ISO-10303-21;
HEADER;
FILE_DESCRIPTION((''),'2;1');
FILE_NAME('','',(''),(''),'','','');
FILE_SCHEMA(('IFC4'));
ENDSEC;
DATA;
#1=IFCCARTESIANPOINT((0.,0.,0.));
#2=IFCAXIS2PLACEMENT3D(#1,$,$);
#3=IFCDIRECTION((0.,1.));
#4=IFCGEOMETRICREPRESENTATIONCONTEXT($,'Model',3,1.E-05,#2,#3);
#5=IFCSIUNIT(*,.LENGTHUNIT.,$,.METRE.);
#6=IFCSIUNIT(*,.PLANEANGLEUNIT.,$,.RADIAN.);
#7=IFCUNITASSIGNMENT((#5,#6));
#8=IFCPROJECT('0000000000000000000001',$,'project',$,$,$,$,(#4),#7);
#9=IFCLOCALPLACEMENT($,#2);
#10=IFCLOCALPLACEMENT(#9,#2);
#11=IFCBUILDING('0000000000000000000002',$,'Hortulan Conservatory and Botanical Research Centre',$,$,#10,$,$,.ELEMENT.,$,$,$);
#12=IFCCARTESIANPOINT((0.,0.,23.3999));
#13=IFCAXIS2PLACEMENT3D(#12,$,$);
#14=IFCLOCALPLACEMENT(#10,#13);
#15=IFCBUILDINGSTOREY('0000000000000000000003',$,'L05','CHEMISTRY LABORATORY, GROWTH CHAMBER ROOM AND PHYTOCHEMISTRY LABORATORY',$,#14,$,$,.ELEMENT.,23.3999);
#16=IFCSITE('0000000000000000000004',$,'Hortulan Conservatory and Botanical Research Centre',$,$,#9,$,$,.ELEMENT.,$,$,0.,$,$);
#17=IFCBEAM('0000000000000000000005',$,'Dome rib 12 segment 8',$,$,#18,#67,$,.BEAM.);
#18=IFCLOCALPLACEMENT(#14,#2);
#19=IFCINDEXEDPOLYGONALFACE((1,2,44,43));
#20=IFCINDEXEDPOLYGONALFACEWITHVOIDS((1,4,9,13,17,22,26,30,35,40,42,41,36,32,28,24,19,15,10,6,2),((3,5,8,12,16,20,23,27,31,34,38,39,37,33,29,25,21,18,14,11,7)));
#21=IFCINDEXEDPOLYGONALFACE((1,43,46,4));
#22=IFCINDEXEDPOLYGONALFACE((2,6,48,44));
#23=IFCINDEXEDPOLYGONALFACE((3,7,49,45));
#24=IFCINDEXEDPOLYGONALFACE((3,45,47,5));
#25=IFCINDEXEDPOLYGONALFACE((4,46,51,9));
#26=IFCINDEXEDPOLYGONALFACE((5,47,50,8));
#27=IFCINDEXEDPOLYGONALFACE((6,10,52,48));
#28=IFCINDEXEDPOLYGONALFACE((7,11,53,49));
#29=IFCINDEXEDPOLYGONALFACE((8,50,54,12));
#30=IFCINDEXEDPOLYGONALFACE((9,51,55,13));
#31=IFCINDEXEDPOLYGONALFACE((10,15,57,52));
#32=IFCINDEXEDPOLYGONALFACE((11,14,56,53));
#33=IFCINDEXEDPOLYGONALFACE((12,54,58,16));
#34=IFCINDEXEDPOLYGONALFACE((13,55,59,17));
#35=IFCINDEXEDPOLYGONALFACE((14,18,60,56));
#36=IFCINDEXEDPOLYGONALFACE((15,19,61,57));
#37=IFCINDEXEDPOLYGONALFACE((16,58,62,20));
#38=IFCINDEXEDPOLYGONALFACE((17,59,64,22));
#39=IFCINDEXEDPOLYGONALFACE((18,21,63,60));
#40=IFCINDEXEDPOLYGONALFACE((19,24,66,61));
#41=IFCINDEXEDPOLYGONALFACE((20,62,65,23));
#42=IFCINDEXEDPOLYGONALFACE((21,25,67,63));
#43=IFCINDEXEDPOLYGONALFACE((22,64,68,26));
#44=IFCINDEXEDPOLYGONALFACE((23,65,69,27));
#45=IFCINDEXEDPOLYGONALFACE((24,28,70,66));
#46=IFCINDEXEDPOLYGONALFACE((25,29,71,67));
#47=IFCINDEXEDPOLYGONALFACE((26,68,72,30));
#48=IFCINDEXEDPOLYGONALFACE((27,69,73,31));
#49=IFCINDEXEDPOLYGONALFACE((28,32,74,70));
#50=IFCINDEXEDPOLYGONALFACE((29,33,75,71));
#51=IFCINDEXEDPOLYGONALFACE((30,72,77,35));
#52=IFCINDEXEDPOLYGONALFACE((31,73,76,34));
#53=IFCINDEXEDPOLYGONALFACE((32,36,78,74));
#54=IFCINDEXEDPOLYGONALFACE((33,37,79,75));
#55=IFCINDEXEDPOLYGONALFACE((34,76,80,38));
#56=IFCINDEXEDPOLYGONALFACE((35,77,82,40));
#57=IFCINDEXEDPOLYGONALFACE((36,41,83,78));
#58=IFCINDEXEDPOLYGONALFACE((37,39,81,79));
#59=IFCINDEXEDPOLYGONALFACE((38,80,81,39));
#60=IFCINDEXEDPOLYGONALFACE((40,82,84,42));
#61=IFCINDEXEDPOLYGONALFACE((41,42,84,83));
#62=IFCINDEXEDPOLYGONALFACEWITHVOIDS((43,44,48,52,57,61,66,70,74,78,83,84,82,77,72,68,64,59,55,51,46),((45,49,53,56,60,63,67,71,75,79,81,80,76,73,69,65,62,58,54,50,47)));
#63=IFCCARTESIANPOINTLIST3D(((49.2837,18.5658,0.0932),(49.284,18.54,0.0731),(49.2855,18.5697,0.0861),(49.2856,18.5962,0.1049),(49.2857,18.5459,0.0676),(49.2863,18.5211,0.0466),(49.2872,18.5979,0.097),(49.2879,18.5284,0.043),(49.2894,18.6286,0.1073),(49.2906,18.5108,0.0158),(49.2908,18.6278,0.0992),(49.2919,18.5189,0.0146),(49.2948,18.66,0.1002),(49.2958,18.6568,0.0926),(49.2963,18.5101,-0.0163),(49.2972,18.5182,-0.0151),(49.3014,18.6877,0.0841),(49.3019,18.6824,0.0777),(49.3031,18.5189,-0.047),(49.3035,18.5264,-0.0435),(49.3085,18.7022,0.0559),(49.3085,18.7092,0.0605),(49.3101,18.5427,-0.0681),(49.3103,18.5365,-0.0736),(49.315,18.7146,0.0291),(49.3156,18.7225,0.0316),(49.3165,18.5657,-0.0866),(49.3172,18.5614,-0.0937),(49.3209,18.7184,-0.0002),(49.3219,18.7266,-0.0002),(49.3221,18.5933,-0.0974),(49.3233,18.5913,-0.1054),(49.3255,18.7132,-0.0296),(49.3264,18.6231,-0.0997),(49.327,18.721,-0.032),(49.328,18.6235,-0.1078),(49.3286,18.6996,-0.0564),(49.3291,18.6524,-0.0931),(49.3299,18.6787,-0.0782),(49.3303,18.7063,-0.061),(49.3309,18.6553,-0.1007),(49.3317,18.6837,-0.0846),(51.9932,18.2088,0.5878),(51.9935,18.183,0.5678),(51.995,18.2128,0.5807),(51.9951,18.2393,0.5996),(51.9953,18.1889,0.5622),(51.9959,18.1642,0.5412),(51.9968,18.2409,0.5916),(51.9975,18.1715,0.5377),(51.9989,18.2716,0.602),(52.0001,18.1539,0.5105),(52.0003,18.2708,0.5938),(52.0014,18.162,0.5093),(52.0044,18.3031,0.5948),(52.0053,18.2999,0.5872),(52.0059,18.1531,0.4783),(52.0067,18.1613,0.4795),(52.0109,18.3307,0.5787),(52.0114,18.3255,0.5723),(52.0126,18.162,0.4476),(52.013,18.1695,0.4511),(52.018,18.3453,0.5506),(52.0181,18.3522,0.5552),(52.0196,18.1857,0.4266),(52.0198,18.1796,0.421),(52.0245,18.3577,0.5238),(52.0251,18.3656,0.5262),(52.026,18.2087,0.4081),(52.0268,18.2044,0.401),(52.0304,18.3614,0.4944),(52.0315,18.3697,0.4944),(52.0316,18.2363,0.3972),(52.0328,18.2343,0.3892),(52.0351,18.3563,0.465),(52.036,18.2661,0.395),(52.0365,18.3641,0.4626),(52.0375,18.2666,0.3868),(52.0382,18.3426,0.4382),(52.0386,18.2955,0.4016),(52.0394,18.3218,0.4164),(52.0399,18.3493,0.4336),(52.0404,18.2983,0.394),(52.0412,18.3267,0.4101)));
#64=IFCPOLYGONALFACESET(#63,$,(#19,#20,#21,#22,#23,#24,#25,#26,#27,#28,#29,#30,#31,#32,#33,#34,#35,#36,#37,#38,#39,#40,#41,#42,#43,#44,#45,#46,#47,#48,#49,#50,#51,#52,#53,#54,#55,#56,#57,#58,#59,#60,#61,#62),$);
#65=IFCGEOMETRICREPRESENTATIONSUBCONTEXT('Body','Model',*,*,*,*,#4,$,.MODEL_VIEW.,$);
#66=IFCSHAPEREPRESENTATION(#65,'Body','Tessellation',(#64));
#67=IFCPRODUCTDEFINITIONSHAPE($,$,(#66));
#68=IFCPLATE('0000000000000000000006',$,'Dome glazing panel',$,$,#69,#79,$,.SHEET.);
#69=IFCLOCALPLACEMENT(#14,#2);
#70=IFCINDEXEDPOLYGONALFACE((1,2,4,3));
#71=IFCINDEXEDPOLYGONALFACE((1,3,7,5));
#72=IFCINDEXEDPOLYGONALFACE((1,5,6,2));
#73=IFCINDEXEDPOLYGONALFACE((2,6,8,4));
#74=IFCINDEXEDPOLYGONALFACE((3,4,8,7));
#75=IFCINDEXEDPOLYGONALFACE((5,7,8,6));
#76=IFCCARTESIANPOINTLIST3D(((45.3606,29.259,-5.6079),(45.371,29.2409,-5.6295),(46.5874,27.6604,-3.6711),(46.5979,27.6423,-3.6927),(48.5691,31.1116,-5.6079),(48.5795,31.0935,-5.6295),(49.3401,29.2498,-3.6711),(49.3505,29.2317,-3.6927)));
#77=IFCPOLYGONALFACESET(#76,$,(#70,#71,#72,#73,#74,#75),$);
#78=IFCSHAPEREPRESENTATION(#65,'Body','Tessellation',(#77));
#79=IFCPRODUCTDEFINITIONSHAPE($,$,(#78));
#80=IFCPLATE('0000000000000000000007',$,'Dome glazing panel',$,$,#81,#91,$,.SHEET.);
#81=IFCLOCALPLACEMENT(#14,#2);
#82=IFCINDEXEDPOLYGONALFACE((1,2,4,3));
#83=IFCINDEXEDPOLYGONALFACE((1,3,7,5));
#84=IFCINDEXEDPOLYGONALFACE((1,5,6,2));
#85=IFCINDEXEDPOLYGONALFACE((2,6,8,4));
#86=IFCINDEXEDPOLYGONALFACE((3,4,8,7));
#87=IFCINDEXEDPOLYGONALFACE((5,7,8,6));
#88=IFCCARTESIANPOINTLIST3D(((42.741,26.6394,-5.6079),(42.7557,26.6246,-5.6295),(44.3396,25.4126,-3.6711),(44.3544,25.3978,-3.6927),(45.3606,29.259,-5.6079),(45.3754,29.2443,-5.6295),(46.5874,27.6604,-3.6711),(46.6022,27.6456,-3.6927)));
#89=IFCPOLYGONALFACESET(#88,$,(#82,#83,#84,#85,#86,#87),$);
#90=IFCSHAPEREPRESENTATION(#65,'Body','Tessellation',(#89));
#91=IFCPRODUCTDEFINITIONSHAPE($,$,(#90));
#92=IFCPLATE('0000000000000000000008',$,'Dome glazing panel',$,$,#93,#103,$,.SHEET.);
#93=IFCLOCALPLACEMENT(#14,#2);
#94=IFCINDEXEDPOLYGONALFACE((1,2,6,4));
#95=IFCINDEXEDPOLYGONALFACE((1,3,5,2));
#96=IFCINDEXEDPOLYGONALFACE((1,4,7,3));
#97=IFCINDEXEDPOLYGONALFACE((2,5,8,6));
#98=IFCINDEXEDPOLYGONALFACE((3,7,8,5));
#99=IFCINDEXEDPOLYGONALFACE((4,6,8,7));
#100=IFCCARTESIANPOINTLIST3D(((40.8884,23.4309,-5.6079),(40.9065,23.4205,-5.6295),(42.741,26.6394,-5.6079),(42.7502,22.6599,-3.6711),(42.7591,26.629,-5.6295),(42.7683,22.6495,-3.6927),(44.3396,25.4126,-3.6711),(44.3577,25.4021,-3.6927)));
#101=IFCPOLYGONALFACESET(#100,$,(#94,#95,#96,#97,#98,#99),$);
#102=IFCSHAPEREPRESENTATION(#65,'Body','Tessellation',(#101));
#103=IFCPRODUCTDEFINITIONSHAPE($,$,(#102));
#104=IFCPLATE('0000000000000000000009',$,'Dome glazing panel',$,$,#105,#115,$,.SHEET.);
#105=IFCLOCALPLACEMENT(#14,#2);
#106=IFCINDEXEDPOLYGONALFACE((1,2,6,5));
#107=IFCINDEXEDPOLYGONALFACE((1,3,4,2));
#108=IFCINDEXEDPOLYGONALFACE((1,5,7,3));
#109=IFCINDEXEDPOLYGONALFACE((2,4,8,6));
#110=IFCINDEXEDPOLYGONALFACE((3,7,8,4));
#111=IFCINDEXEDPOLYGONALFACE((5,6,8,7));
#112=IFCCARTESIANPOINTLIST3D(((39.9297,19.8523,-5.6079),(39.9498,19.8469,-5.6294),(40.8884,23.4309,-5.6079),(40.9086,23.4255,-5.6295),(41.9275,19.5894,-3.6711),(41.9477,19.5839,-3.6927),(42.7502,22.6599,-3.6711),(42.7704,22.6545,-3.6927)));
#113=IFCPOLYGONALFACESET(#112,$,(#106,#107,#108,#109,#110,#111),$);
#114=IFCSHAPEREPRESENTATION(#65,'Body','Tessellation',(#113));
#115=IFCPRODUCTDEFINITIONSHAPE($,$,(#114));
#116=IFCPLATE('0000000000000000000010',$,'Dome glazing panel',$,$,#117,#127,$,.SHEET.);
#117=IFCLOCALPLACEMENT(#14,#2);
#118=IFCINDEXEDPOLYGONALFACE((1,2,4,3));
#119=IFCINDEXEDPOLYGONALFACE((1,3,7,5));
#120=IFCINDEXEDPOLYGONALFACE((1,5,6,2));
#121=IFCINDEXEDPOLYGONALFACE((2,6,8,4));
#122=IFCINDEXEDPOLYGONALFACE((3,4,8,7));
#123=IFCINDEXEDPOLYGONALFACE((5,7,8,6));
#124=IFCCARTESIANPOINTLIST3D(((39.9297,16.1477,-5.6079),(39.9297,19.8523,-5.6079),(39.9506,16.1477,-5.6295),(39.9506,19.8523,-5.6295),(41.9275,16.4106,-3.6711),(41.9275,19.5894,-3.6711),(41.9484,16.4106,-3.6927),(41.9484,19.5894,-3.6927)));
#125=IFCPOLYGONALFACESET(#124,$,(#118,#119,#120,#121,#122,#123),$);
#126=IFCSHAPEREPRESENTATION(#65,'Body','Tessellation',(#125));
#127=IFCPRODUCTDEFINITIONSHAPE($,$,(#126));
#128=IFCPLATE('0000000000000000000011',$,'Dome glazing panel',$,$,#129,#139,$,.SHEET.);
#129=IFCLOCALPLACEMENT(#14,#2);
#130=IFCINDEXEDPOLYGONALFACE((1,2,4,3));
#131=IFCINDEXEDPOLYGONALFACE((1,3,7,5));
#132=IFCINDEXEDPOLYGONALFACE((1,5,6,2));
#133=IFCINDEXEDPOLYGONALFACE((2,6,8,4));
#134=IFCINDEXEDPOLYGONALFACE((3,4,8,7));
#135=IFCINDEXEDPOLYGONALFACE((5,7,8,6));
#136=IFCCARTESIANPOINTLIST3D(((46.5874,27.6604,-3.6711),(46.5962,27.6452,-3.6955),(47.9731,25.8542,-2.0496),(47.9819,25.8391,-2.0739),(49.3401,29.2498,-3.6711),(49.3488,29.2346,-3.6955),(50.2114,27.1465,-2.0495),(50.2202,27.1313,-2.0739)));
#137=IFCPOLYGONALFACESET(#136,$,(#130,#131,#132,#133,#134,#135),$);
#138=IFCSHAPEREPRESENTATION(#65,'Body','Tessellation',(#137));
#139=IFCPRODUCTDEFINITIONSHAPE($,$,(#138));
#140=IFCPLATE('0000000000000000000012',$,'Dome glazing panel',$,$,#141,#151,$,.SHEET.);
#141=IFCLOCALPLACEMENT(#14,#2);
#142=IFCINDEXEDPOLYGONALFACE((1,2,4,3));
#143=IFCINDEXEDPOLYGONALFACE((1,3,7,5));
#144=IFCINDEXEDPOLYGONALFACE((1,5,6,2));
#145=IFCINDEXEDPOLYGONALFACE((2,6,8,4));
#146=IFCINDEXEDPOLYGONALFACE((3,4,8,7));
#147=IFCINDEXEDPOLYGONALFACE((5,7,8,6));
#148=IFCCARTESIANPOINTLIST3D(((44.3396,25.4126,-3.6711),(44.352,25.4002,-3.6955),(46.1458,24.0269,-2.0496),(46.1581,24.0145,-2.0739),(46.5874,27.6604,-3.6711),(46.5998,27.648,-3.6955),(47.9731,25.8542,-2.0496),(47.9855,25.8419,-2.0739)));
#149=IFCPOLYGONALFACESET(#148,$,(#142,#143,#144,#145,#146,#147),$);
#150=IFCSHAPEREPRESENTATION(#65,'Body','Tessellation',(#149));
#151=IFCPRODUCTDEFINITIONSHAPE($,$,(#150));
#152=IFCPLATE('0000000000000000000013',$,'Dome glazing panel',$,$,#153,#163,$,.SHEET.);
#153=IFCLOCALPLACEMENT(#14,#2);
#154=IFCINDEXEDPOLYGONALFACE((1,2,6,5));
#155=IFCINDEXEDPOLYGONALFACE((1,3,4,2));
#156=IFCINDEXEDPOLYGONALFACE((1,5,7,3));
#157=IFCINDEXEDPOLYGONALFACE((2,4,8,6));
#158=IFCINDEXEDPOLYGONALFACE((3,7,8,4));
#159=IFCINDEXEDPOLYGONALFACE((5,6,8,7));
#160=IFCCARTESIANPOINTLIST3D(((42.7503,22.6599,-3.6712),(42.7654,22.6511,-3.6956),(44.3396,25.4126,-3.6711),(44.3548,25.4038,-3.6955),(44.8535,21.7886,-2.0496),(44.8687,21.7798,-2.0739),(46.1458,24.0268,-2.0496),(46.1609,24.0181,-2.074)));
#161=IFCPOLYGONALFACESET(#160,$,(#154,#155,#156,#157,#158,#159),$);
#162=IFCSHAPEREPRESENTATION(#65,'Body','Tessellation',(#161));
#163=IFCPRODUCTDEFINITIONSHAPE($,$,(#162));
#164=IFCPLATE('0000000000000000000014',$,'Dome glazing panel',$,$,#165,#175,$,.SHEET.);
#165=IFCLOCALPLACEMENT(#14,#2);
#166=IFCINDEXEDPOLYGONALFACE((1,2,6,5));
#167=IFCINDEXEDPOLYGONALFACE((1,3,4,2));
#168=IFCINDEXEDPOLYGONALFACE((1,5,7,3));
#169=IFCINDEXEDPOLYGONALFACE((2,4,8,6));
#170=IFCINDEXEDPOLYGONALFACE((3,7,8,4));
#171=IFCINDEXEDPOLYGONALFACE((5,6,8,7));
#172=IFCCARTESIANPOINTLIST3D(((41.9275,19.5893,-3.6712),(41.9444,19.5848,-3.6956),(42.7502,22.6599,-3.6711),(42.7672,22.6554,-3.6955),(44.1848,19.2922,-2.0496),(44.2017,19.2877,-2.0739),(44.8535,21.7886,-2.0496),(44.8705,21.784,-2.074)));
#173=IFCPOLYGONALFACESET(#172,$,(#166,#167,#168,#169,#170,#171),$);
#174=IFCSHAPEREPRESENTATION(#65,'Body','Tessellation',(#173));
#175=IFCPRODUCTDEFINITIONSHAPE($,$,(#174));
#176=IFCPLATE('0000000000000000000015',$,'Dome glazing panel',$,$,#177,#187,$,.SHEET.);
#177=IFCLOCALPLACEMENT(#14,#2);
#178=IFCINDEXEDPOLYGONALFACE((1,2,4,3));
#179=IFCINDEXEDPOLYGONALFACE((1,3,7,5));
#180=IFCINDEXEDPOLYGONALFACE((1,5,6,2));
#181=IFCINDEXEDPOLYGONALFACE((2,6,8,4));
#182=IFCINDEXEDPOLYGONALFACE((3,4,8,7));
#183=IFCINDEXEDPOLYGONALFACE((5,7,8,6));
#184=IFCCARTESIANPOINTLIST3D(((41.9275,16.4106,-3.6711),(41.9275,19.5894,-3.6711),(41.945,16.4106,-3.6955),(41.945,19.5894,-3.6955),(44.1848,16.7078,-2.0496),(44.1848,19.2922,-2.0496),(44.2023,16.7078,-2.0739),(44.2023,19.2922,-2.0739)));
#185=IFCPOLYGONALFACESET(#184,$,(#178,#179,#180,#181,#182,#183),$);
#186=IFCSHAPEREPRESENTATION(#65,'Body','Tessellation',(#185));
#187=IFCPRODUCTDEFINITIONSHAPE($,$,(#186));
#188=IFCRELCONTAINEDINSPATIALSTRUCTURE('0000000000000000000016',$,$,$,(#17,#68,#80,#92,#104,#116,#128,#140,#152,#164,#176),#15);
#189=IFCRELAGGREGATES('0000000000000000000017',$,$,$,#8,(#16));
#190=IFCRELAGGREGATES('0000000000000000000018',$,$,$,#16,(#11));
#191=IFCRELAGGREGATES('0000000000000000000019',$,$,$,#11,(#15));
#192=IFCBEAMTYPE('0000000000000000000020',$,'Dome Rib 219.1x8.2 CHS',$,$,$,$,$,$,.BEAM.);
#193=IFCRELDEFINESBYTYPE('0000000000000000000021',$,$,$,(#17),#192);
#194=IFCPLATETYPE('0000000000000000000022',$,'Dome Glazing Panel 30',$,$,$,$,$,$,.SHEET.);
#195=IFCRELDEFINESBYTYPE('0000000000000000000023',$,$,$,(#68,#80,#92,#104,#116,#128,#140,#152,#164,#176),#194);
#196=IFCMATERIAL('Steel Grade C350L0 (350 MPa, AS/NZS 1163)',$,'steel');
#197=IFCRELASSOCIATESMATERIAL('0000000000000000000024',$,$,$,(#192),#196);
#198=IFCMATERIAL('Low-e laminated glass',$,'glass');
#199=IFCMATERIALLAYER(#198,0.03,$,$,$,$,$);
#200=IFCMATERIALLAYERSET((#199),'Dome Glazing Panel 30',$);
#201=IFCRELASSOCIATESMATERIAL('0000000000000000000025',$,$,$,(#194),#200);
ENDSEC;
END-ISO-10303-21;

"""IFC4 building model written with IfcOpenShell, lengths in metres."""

from ifc_helpers import new_model, si_unit, direction, frame, origin, origin_2d, place, context, subcontext, project, spatial, polyline, hollow_circle, outline, extrude, material, layer, layer_set, material_profile, profile_set, type_object, element, save


model = new_model("IFC4")

# Units and contexts
model_context = context("Model", 3, precision=1e-05, world=origin(), true_north=direction((0.0, 1.0)))
body_context = subcontext(model_context, "Body", "Model", "MODEL_VIEW")
ifc_project = project(units=[si_unit("LENGTHUNIT", "METRE"), si_unit("PLANEANGLEUNIT", "RADIAN")], contexts=[model_context])

# Site, building, storey
site_placement = place(None, origin())
site = spatial("IfcSite", under=ifc_project, at=site_placement, Name="Hortulan Conservatory and Botanical Research Centre", CompositionType="ELEMENT", RefElevation=0.0)
building_placement = place(site_placement, origin())
building = spatial("IfcBuilding", under=site, at=building_placement, Name="Hortulan Conservatory and Botanical Research Centre", CompositionType="ELEMENT")
storey_placement = place(building_placement, frame((0.0, 0.0, 23.3999)))
storey = spatial("IfcBuildingStorey", under=building, at=storey_placement, Name="L05", Description="CHEMISTRY LABORATORY, GROWTH CHAMBER ROOM AND PHYTOCHEMISTRY LABORATORY", CompositionType="ELEMENT", Elevation=23.3999)

# Shared definitions
ifc_material_1 = material(Name="Steel Grade C350L0 (350 MPa, AS/NZS 1163)", Category="steel")

# Beam
ifc_material_profile_1 = material_profile(ifc_material_1, hollow_circle(Radius=0.1096, WallThickness=0.0083, at=origin_2d()), Name="219.1x8.2CHS")
ifc_profile_set_1 = profile_set([ifc_material_profile_1], Name="Steel Grade C350L0 (350 MPa, AS/NZS 1163)")
beam_type = type_object("IfcBeamType", Name="Dome Rib 219.1x8.2 CHS", PredefinedType="BEAM", material=ifc_profile_set_1)
for number, where, z_axis, x_axis, name in (
    (1, (49.3076, 18.6179, -0.0002), (0.975584, -0.128519, 0.178098), (0.130607, 0.991434, 0.0), "Dome rib 12 segment 8"),
):
    element("IfcBeam", number, at=place(storey_placement, frame(where, z_axis=z_axis, x_axis=x_axis)), inside=storey, type_object=beam_type, Name=name, PredefinedType="BEAM", context=body_context, shape_type="SweptSolid", body=[
        extrude(hollow_circle(Radius=0.1096, WallThickness=0.0083, at=origin_2d()), origin(), (0.0, 0.0, 1.0), 2.7773),
    ])

# Plates
ifc_material_2 = material(Name="Low-e laminated glass", Category="glass")
ifc_layer_1 = layer(ifc_material_2, 0.03)
ifc_layer_set_1 = layer_set([ifc_layer_1], Name="Dome Glazing Panel 30")
plate_type = type_object("IfcPlateType", Name="Dome Glazing Panel 30", PredefinedType="SHEET", material=ifc_layer_set_1)
plate_1_placement = place(storey_placement, frame((48.5691, 31.1116, -5.6079), z_axis=(-0.348037, 0.602781, 0.718001), x_axis=(-0.866012, -0.500023, 0.0)))
element("IfcPlate", 2, at=plate_1_placement, inside=storey, type_object=plate_type, Name="Dome glazing panel", PredefinedType="SHEET", context=body_context, shape_type="SweptSolid", body=[
    extrude(outline(polyline([(0.0, 0.0), (3.7049, 0.0), (3.4418, 2.7825), (0.2633, 2.7825), (0.0, 0.0)])), origin(), (0.0, 0.0, -1.0), 0.03),
])
plate_2_placement = place(storey_placement, frame((45.3606, 29.259, -5.6079), z_axis=(-0.492174, 0.492174, 0.718004), x_axis=(-0.707107, -0.707107, 0.0)))
element("IfcPlate", 3, at=plate_2_placement, inside=storey, type_object=plate_type, Name="Dome glazing panel", PredefinedType="SHEET", context=body_context, shape_type="SweptSolid", body=[
    extrude(outline(polyline([(0.0, 0.0), (3.7047, 0.0), (3.4418, 2.7826), (0.2629, 2.7826), (0.0, 0.0)])), origin(), (0.0, 0.0, -1.0), 0.03),
])
plate_3_placement = place(storey_placement, frame((42.741, 26.6394, -5.6079), z_axis=(-0.602781, 0.348037, 0.718001), x_axis=(-0.500023, -0.866012, 0.0)))
element("IfcPlate", 4, at=plate_3_placement, inside=storey, type_object=plate_type, Name="Dome glazing panel", PredefinedType="SHEET", context=body_context, shape_type="SweptSolid", body=[
    extrude(outline(polyline([(0.0, 0.0), (3.7049, 0.0), (3.4416, 2.7825), (0.2631, 2.7825), (0.0, 0.0)])), origin(), (0.0, 0.0, -1.0), 0.03),
])
plate_4_placement = place(storey_placement, frame((40.8884, 23.4309, -5.6079), z_axis=(-0.672331, 0.180136, 0.717998), x_axis=(-0.25879, -0.965933, 0.000009)))
element("IfcPlate", 5, at=plate_4_placement, inside=storey, type_object=plate_type, Name="Dome glazing panel", PredefinedType="SHEET", context=body_context, shape_type="SweptSolid", body=[
    extrude(outline(polyline([(0.0, 0.0), (3.7048, 0.0), (3.4418, 2.7825), (0.2629, 2.7826), (0.0, 0.0)])), origin(), (0.0, 0.0, -1.0), 0.03),
])
plate_5_placement = place(storey_placement, frame((39.9297, 19.8523, -5.6079), z_axis=(-0.696054, 0.0, 0.717989), x_axis=(0.0, -1.0, 0.0)))
element("IfcPlate", 6, at=plate_5_placement, inside=storey, type_object=plate_type, Name="Dome glazing panel", PredefinedType="SHEET", context=body_context, shape_type="SweptSolid", body=[
    extrude(outline(polyline([(0.0, 0.0), (3.7046, 0.0), (3.4417, 2.7825), (0.2629, 2.7825), (0.0, 0.0)])), origin(), (0.0, 0.0, -1.0), 0.03),
])
plate_6_placement = place(storey_placement, frame((49.3401, 29.2498, -3.6711), z_axis=(-0.291738, 0.505296, 0.812136), x_axis=(-0.866016, -0.500017, 0.000008)))
element("IfcPlate", 7, at=plate_6_placement, inside=storey, type_object=plate_type, Name="Dome glazing panel", PredefinedType="SHEET", context=body_context, shape_type="SweptSolid", body=[
    extrude(outline(polyline([(0.0, 0.0), (3.1786, 0.0), (2.8816, 2.7792), (0.2971, 2.7793), (0.0, 0.0)])), origin(), (0.0, 0.0, -1.0), 0.03),
])
plate_7_placement = place(storey_placement, frame((46.5874, 27.6604, -3.6711), z_axis=(-0.412585, 0.412585, 0.812125), x_axis=(-0.707107, -0.707107, 0.0)))
element("IfcPlate", 8, at=plate_7_placement, inside=storey, type_object=plate_type, Name="Dome glazing panel", PredefinedType="SHEET", context=body_context, shape_type="SweptSolid", body=[
    extrude(outline(polyline([(0.0, 0.0), (3.1789, 0.0), (2.8816, 2.7791), (0.2973, 2.7791), (0.0, 0.0)])), origin(), (0.0, 0.0, -1.0), 0.03),
])
plate_8_placement = place(storey_placement, frame((44.3396, 25.4126, -3.6711), z_axis=(-0.505296, 0.291738, 0.812136), x_axis=(-0.500017, -0.866016, -0.000008)))
element("IfcPlate", 9, at=plate_8_placement, inside=storey, type_object=plate_type, Name="Dome glazing panel", PredefinedType="SHEET", context=body_context, shape_type="SweptSolid", body=[
    extrude(outline(polyline([(0.0, 0.0), (3.1786, 0.0), (2.8815, 2.7793), (0.297, 2.7792), (0.0, 0.0)])), origin(), (0.0, 0.0, -1.0), 0.03),
])
plate_9_placement = place(storey_placement, frame((42.7502, 22.6599, -3.6711), z_axis=(-0.563573, 0.15099, 0.81215), x_axis=(-0.258809, -0.965929, -0.000015)))
element("IfcPlate", 10, at=plate_9_placement, inside=storey, type_object=plate_type, Name="Dome glazing panel", PredefinedType="SHEET", context=body_context, shape_type="SweptSolid", body=[
    extrude(outline(polyline([(0.0, 0.0), (3.1789, 0.0), (2.8816, 2.7794), (0.2973, 2.7792), (0.0, 0.0)])), origin(), (0.0, 0.0, -1.0), 0.03),
])
plate_10_placement = place(storey_placement, frame((41.9275, 19.5894, -3.6711), z_axis=(-0.58343, 0.0, 0.812164), x_axis=(0.0, -1.0, 0.0)))
element("IfcPlate", 11, at=plate_10_placement, inside=storey, type_object=plate_type, Name="Dome glazing panel", PredefinedType="SHEET", context=body_context, shape_type="SweptSolid", body=[
    extrude(outline(polyline([(0.0, 0.0), (3.1787, 0.0), (2.8816, 2.7794), (0.2971, 2.7794), (0.0, 0.0)])), origin(), (0.0, 0.0, -1.0), 0.03),
])

save(model, "model.ifc")
